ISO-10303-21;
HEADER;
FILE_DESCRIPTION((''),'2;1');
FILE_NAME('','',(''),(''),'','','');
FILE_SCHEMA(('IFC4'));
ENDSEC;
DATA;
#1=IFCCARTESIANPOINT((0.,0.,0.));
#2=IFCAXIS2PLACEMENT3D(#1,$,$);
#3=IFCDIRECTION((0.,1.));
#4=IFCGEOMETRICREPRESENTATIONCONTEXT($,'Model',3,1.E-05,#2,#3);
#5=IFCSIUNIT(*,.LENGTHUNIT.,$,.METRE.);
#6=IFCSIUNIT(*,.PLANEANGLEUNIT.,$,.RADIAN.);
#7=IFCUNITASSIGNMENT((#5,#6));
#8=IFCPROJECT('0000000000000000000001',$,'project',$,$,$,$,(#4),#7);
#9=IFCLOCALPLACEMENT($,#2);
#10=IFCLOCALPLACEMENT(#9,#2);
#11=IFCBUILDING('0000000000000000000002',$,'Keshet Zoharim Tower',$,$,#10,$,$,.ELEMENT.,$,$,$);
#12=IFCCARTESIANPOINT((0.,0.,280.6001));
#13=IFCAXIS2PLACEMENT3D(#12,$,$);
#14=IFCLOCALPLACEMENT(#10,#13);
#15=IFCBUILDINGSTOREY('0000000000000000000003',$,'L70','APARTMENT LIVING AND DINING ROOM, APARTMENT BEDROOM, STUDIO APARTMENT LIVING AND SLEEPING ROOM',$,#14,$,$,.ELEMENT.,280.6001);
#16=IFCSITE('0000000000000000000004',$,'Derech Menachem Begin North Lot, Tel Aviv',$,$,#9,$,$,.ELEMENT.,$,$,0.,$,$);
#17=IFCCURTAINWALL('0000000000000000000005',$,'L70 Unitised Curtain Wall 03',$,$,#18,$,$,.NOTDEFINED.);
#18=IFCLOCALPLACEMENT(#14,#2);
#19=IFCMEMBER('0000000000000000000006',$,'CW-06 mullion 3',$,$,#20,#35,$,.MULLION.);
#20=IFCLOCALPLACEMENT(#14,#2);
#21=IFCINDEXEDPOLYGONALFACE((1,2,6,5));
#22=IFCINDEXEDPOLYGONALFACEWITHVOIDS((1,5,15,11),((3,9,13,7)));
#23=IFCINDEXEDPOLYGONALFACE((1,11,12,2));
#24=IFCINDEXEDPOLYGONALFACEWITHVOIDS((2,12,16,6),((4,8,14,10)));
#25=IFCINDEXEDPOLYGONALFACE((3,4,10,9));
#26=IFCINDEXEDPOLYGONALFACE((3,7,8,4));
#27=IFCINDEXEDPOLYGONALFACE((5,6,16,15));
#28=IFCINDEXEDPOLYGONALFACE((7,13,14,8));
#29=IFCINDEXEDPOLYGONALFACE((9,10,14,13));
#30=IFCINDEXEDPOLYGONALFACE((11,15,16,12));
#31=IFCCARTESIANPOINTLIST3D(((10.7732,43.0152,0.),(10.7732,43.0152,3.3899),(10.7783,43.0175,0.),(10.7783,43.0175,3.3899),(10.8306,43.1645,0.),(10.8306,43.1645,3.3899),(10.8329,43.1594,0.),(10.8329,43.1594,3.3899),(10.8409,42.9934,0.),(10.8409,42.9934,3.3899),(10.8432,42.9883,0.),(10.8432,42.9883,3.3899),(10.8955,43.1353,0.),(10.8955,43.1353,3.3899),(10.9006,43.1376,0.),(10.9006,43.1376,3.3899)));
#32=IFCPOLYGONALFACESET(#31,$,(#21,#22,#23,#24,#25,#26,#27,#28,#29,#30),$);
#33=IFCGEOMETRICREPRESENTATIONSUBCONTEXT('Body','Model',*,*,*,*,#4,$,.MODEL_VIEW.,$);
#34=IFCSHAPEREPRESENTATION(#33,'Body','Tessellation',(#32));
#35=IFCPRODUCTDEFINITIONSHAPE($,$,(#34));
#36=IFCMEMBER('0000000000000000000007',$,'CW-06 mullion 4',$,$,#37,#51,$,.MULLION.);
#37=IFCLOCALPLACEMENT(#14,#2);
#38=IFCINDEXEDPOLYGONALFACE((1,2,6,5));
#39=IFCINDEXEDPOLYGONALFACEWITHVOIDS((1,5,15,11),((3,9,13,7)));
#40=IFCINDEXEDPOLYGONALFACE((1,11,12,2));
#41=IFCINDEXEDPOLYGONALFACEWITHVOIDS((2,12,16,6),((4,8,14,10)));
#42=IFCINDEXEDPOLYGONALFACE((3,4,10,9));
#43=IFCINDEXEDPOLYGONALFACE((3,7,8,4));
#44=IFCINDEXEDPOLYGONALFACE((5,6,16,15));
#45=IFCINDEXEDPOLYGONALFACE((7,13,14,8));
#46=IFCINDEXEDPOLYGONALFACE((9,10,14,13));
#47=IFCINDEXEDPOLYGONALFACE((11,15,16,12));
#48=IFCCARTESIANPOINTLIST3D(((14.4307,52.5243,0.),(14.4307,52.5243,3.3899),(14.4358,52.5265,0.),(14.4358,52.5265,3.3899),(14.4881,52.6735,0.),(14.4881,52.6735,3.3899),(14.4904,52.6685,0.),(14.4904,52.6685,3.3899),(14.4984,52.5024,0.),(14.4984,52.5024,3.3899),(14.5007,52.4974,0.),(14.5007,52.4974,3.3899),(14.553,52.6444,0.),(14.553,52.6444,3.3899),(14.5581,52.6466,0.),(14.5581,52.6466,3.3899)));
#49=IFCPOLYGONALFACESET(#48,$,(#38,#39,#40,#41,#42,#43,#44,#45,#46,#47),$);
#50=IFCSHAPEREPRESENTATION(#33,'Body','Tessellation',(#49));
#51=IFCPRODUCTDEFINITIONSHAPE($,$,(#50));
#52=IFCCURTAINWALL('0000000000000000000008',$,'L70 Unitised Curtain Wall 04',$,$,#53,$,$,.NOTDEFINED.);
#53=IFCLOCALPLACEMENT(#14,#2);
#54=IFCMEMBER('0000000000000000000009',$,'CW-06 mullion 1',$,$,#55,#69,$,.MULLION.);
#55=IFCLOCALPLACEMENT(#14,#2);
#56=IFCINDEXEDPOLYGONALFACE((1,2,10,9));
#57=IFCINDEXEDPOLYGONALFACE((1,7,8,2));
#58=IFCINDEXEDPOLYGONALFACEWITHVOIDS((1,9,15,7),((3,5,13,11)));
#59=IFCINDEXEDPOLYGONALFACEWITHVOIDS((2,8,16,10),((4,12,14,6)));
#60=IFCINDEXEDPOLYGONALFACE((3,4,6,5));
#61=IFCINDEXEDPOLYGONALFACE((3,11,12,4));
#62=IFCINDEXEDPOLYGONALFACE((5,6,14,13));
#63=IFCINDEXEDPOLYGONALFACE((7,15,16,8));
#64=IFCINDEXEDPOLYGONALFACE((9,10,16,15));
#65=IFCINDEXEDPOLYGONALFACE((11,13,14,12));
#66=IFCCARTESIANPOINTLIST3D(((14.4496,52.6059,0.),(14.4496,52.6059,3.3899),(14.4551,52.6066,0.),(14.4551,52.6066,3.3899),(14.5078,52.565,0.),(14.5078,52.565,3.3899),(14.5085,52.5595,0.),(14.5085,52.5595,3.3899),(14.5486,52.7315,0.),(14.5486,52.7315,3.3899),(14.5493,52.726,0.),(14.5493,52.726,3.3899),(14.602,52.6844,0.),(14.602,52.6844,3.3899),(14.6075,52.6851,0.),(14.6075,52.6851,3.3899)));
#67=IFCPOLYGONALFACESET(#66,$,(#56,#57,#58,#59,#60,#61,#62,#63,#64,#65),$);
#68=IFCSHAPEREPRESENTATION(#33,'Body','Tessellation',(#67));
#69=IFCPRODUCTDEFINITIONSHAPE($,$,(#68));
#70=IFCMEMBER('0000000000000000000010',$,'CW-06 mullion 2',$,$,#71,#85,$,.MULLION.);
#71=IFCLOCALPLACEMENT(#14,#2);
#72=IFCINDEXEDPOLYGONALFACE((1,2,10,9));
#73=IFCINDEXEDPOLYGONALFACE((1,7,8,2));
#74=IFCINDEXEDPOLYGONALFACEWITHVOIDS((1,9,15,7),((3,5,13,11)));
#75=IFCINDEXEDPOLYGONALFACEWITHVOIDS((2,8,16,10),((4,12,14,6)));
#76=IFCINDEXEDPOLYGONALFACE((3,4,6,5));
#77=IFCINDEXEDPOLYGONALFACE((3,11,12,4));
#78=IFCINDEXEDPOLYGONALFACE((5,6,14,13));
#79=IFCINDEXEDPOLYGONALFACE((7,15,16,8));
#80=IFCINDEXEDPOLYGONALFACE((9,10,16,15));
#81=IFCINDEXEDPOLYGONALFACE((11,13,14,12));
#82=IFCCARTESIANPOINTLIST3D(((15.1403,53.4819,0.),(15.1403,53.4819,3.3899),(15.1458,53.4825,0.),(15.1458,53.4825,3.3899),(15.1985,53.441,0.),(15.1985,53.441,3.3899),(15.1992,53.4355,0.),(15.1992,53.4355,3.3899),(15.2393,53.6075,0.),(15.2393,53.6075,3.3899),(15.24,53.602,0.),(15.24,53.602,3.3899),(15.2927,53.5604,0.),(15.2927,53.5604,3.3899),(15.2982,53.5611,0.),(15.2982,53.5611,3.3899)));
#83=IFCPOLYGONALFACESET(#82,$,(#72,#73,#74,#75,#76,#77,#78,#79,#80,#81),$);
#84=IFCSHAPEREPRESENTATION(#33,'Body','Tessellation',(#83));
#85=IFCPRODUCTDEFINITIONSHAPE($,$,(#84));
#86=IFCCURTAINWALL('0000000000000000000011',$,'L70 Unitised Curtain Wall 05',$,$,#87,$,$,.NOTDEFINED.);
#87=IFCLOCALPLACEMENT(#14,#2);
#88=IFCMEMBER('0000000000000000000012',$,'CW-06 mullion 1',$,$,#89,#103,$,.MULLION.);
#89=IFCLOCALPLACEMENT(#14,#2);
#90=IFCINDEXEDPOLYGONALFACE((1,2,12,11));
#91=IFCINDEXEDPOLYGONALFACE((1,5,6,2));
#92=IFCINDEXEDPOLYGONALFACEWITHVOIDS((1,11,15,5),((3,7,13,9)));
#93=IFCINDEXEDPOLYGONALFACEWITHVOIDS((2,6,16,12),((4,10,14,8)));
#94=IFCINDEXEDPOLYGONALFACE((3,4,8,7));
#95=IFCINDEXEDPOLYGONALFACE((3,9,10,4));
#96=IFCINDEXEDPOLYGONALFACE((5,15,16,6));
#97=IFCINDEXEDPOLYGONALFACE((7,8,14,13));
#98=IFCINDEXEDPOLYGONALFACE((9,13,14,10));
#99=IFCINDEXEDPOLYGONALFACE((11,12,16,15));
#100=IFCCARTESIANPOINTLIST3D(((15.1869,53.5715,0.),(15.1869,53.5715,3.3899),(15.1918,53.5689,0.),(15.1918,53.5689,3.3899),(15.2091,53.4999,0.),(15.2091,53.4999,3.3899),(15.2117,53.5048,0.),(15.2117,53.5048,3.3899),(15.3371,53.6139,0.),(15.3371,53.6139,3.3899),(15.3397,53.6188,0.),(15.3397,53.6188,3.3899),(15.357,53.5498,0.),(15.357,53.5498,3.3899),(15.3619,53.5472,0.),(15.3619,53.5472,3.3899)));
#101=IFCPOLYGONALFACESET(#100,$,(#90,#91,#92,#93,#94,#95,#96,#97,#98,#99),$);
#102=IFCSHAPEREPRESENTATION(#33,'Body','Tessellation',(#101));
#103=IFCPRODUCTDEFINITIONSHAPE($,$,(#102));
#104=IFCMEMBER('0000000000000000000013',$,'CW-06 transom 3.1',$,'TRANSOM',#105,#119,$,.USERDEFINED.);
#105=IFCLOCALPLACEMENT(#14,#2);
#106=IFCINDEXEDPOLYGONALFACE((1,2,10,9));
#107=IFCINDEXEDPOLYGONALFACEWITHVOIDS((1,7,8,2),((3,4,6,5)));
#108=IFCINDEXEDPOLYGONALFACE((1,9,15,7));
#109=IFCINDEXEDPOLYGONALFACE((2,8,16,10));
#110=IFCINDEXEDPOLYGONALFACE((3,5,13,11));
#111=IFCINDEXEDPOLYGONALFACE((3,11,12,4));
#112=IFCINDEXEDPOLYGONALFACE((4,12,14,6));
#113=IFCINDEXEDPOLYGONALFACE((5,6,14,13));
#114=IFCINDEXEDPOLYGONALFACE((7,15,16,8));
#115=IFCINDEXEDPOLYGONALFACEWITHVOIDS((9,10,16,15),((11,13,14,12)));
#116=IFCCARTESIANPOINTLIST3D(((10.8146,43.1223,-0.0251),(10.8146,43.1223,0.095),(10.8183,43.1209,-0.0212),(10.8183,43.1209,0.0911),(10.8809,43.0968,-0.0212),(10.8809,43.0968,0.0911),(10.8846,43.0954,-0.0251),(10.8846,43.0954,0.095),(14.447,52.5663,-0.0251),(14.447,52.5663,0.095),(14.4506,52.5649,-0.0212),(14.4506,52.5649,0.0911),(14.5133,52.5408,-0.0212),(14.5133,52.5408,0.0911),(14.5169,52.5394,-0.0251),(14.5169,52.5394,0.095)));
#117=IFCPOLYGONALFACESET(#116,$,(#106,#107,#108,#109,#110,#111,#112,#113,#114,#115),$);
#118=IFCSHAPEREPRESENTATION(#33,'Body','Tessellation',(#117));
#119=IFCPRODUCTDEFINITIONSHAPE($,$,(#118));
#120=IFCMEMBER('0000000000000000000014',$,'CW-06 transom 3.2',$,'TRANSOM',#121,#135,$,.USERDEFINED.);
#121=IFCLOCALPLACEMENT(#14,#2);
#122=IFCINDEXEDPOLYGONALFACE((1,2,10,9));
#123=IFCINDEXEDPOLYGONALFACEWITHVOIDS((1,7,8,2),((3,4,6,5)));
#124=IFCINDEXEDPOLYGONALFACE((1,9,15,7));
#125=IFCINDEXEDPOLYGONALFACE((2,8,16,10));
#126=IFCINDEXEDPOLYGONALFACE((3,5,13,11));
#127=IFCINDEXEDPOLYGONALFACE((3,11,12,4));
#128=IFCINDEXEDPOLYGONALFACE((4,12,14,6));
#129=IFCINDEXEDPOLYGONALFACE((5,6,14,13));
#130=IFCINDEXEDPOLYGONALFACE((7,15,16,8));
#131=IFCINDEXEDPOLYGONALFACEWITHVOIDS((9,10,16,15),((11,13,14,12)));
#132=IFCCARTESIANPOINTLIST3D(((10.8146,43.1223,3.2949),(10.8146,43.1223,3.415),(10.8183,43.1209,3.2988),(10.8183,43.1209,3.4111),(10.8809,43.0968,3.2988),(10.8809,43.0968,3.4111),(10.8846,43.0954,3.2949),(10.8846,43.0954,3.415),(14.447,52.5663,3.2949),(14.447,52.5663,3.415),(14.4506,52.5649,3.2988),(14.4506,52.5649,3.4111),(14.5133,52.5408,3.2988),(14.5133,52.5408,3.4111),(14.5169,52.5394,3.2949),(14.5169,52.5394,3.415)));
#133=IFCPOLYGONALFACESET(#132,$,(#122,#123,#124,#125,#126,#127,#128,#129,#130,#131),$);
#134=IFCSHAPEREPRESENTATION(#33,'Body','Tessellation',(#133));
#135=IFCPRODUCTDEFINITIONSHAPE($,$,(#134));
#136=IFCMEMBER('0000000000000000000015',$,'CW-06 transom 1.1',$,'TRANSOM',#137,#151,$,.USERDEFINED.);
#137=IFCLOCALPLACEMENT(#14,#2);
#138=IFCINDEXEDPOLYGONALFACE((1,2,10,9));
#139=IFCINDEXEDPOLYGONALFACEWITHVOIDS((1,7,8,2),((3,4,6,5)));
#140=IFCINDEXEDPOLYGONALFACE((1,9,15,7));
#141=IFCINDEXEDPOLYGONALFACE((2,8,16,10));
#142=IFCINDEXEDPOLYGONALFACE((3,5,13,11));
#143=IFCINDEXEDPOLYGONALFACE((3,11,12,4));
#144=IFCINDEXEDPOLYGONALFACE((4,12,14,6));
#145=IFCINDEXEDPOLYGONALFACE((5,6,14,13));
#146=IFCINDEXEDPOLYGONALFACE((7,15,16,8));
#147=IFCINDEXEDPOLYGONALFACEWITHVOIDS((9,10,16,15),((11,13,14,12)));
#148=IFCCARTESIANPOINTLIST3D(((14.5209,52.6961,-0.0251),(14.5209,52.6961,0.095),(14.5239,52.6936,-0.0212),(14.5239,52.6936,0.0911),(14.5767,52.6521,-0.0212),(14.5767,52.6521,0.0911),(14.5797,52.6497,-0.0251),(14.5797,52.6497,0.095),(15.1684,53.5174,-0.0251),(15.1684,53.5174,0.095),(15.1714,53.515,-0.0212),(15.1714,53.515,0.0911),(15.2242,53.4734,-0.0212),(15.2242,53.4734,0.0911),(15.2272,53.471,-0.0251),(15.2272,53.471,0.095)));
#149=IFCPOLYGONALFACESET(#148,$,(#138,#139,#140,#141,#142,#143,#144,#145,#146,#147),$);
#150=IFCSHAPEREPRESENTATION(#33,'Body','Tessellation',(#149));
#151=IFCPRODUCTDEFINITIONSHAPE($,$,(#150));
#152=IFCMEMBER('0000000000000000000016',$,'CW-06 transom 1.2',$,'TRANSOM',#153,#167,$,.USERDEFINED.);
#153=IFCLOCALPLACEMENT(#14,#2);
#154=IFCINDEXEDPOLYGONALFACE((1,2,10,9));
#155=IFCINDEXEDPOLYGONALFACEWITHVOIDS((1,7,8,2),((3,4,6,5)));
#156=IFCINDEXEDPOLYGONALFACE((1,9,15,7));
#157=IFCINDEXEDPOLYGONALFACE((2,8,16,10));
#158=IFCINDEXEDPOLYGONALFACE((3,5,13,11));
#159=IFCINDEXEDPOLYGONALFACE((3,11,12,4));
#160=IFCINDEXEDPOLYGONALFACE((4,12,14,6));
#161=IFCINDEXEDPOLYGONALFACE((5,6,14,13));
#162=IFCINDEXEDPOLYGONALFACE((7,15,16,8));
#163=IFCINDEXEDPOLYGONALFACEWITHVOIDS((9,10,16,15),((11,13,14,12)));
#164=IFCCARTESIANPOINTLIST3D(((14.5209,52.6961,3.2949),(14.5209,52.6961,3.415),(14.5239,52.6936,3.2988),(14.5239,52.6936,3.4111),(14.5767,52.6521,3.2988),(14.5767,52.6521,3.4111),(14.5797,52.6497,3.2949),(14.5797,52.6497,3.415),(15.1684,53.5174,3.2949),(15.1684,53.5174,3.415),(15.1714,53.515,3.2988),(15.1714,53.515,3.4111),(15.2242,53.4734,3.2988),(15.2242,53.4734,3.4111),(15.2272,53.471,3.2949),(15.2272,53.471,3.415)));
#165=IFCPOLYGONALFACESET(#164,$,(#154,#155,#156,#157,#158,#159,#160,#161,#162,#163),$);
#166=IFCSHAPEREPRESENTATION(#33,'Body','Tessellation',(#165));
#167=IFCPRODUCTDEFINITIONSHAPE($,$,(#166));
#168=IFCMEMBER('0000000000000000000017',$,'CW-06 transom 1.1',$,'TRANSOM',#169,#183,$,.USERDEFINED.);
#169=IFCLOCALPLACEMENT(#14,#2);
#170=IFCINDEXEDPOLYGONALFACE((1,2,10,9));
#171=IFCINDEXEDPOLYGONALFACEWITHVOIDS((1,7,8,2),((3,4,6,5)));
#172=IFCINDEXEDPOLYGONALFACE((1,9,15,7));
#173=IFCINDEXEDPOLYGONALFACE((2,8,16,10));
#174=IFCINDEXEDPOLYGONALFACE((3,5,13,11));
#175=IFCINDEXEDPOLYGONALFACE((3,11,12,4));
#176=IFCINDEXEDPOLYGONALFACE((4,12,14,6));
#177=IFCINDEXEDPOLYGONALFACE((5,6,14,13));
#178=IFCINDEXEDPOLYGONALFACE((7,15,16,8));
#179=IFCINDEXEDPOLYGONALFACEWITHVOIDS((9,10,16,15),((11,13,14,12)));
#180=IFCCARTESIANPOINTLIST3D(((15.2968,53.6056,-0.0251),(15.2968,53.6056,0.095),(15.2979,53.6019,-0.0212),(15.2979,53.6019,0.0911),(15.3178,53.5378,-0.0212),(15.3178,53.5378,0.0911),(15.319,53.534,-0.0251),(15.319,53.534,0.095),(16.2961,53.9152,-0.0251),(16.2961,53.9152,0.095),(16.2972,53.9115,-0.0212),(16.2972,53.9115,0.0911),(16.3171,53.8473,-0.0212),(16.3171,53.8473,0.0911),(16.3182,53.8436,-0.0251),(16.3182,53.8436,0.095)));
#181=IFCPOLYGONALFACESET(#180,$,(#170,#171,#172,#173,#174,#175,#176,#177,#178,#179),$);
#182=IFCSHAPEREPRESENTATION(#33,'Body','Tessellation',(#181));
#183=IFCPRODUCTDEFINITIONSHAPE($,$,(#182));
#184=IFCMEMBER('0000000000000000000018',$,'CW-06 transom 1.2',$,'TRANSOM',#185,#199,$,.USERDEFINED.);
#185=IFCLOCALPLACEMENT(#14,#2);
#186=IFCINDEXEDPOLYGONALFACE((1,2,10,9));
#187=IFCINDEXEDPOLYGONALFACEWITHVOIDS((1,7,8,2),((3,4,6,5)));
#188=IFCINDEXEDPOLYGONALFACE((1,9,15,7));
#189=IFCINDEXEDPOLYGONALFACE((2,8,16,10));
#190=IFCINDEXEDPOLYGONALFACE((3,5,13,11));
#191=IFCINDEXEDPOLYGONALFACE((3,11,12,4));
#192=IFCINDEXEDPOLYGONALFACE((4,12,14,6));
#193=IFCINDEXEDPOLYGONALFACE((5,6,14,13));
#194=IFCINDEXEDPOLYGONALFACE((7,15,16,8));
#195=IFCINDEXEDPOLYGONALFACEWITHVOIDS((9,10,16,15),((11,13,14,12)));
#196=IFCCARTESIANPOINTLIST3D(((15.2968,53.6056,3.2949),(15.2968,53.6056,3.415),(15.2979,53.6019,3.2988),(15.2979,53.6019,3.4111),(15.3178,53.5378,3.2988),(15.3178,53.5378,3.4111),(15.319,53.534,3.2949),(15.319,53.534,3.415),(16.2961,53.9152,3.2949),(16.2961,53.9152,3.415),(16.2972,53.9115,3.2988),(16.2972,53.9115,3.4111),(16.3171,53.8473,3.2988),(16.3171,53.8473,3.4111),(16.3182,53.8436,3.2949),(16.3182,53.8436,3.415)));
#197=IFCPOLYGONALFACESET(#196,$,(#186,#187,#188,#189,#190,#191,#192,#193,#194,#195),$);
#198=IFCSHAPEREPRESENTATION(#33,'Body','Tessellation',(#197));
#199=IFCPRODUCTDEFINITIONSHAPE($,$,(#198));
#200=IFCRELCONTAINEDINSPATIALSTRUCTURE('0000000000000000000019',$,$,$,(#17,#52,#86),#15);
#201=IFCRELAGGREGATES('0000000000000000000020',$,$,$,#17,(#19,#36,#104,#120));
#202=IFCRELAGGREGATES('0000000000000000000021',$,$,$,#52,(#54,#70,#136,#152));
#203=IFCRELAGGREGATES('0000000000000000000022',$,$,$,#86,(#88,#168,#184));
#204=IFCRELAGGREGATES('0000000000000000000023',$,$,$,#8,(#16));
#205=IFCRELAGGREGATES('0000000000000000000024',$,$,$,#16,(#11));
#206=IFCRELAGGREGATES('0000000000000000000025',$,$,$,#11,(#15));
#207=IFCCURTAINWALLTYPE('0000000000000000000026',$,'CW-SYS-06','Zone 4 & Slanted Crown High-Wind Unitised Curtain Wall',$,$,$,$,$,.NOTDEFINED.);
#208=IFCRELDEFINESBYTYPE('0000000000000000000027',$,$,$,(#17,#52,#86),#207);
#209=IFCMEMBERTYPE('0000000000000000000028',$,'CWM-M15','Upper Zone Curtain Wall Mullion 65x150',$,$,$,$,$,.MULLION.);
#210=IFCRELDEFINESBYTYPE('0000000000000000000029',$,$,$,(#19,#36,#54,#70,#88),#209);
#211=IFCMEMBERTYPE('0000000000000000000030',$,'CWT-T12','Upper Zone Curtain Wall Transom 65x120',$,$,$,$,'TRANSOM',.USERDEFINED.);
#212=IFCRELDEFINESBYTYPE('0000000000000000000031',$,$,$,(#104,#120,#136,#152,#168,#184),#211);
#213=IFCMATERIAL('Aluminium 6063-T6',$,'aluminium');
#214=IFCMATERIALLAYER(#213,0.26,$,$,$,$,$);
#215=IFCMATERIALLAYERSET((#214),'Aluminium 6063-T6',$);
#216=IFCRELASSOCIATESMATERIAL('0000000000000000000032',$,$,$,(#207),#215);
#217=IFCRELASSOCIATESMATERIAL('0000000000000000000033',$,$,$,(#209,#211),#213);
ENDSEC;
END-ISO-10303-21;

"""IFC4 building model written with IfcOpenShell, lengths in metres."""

from ifc_helpers import new_model, si_unit, direction, frame, origin, origin_2d, place, context, subcontext, project, spatial, hollow_rectangle, extrude, material, layer, layer_set, material_profile, profile_set, type_object, element, aggregate, save


model = new_model("IFC4")

# Units and contexts
model_context = context("Model", 3, precision=1e-05, world=origin(), true_north=direction((0.0, 1.0)))
body_context = subcontext(model_context, "Body", "Model", "MODEL_VIEW")
ifc_project = project(units=[si_unit("LENGTHUNIT", "METRE"), si_unit("PLANEANGLEUNIT", "RADIAN")], contexts=[model_context])

# Site, building, storey
site_placement = place(None, origin())
site = spatial("IfcSite", under=ifc_project, at=site_placement, Name="Derech Menachem Begin North Lot, Tel Aviv", CompositionType="ELEMENT", RefElevation=0.0)
building_placement = place(site_placement, origin())
building = spatial("IfcBuilding", under=site, at=building_placement, Name="Keshet Zoharim Tower", CompositionType="ELEMENT")
storey_placement = place(building_placement, frame((0.0, 0.0, 280.6001)))
storey = spatial("IfcBuildingStorey", under=building, at=storey_placement, Name="L70", Description="APARTMENT LIVING AND DINING ROOM, APARTMENT BEDROOM, STUDIO APARTMENT LIVING AND SLEEPING ROOM", CompositionType="ELEMENT", Elevation=280.6001)

# Curtain walls, members
ifc_material_1 = material(Name="Aluminium 6063-T6", Category="aluminium")
ifc_layer_1 = layer(ifc_material_1, 0.26)
ifc_layer_set_1 = layer_set([ifc_layer_1], Name="Aluminium 6063-T6")
curtain_wall_type = type_object("IfcCurtainWallType", Name="CW-SYS-06", Description="Zone 4 & Slanted Crown High-Wind Unitised Curtain Wall", PredefinedType="NOTDEFINED", material=ifc_layer_set_1)
curtain_wall_1_placement = place(storey_placement, origin())
curtain_wall_1 = element("IfcCurtainWall", 1, at=curtain_wall_1_placement, inside=storey, type_object=curtain_wall_type, Name="L70 Unitised Curtain Wall 03", PredefinedType="NOTDEFINED")
ifc_material_profile_1 = material_profile(ifc_material_1, hollow_rectangle(XDim=0.075, YDim=0.1599, WallThickness=0.0039, at=origin_2d()), Name="MUL-75x160")
ifc_profile_set_1 = profile_set([ifc_material_profile_1], Name="Aluminium 6063-T6")
member_type_1 = type_object("IfcMemberType", Name="CWM-M15", Description="Upper Zone Curtain Wall Mullion 65x150", PredefinedType="MULLION", material=ifc_profile_set_1)
member_1_placement = place(storey_placement, frame((10.8369, 43.0764, 0.0), z_axis=(0.0, 0.0, 1.0), x_axis=(-0.933341, 0.35899, 0.0)))
member_1 = element("IfcMember", 2, at=member_1_placement, type_object=member_type_1, Name="CW-06 mullion 3", PredefinedType="MULLION", context=body_context, shape_type="SweptSolid", body=[
    extrude(hollow_rectangle(XDim=0.075, YDim=0.1599, WallThickness=0.0039, at=origin_2d()), origin(), (0.0, 0.0, 1.0), 3.3899),
])
member_2_placement = place(storey_placement, frame((14.4944, 52.5854, 0.0), z_axis=(0.0, 0.0, 1.0), x_axis=(-0.933341, 0.35899, 0.0)))
member_2 = element("IfcMember", 3, at=member_2_placement, type_object=member_type_1, Name="CW-06 mullion 4", PredefinedType="MULLION", context=body_context, shape_type="SweptSolid", body=[
    extrude(hollow_rectangle(XDim=0.075, YDim=0.1599, WallThickness=0.0039, at=origin_2d()), origin(), (0.0, 0.0, 1.0), 3.3899),
])
curtain_wall_2_placement = place(storey_placement, origin())
curtain_wall_2 = element("IfcCurtainWall", 4, at=curtain_wall_2_placement, inside=storey, type_object=curtain_wall_type, Name="L70 Unitised Curtain Wall 04", PredefinedType="NOTDEFINED")
member_3_placement = place(storey_placement, frame((14.5286, 52.6455, 0.0), z_axis=(0.0, 0.0, 1.0), x_axis=(-0.785293, 0.619125, 0.0)))
member_3 = element("IfcMember", 5, at=member_3_placement, type_object=member_type_1, Name="CW-06 mullion 1", PredefinedType="MULLION", context=body_context, shape_type="SweptSolid", body=[
    extrude(hollow_rectangle(XDim=0.075, YDim=0.1599, WallThickness=0.0039, at=origin_2d()), origin(), (0.0, 0.0, 1.0), 3.3899),
])
member_4_placement = place(storey_placement, frame((15.2192, 53.5215, 0.0), z_axis=(0.0, 0.0, 1.0), x_axis=(-0.785293, 0.619125, 0.0)))
member_4 = element("IfcMember", 6, at=member_4_placement, type_object=member_type_1, Name="CW-06 mullion 2", PredefinedType="MULLION", context=body_context, shape_type="SweptSolid", body=[
    extrude(hollow_rectangle(XDim=0.075, YDim=0.1599, WallThickness=0.0039, at=origin_2d()), origin(), (0.0, 0.0, 1.0), 3.3899),
])

# Curtain wall, member
curtain_wall_3_placement = place(storey_placement, origin())
curtain_wall_3 = element("IfcCurtainWall", 7, at=curtain_wall_3_placement, inside=storey, type_object=curtain_wall_type, Name="L70 Unitised Curtain Wall 05", PredefinedType="NOTDEFINED")
member_5_placement = place(storey_placement, frame((15.2744, 53.5593, 0.0), z_axis=(0.0, 0.0, 1.0), x_axis=(-0.295922, 0.955212, 0.0)))
member_5 = element("IfcMember", 8, at=member_5_placement, type_object=member_type_1, Name="CW-06 mullion 1", PredefinedType="MULLION", context=body_context, shape_type="SweptSolid", body=[
    extrude(hollow_rectangle(XDim=0.075, YDim=0.1599, WallThickness=0.0039, at=origin_2d()), origin(), (0.0, 0.0, 1.0), 3.3899),
])

# Members
ifc_material_profile_2 = material_profile(ifc_material_1, hollow_rectangle(XDim=0.075, YDim=0.1201, WallThickness=0.0039, at=origin_2d()), Name="TRN-75x120")
ifc_profile_set_2 = profile_set([ifc_material_profile_2], Name="Aluminium 6063-T6")
member_type_2 = type_object("IfcMemberType", Name="CWT-T12", Description="Upper Zone Curtain Wall Transom 65x120", ElementType="TRANSOM", PredefinedType="USERDEFINED", material=ifc_profile_set_2)
member_6_placement = place(storey_placement, frame((10.8496, 43.1089, 0.0349), z_axis=(0.358986, 0.933343, 0.0), x_axis=(-0.933343, 0.358986, 0.0)))
member_6 = element("IfcMember", 9, at=member_6_placement, type_object=member_type_2, Name="CW-06 transom 3.1", ObjectType="TRANSOM", PredefinedType="USERDEFINED", context=body_context, shape_type="SweptSolid", body=[
    extrude(hollow_rectangle(XDim=0.075, YDim=0.1201, WallThickness=0.0039, at=origin_2d()), origin(), (0.0, 0.0, 1.0), 10.1184),
])
member_7_placement = place(storey_placement, frame((10.8496, 43.1089, 3.355), z_axis=(0.358986, 0.933343, 0.0), x_axis=(-0.933343, 0.358986, 0.0)))
member_7 = element("IfcMember", 10, at=member_7_placement, type_object=member_type_2, Name="CW-06 transom 3.2", ObjectType="TRANSOM", PredefinedType="USERDEFINED", context=body_context, shape_type="SweptSolid", body=[
    extrude(hollow_rectangle(XDim=0.075, YDim=0.1201, WallThickness=0.0039, at=origin_2d()), origin(), (0.0, 0.0, 1.0), 10.1184),
])
member_8_placement = place(storey_placement, frame((14.5503, 52.6729, 0.0349), z_axis=(0.619099, 0.785313, 0.0), x_axis=(-0.785313, 0.619099, 0.0)))
member_8 = element("IfcMember", 11, at=member_8_placement, type_object=member_type_2, Name="CW-06 transom 1.1", ObjectType="TRANSOM", PredefinedType="USERDEFINED", context=body_context, shape_type="SweptSolid", body=[
    extrude(hollow_rectangle(XDim=0.075, YDim=0.1201, WallThickness=0.0039, at=origin_2d()), origin(), (0.0, 0.0, 1.0), 1.0459),
])
member_9_placement = place(storey_placement, frame((14.5503, 52.6729, 3.355), z_axis=(0.619099, 0.785313, 0.0), x_axis=(-0.785313, 0.619099, 0.0)))
member_9 = element("IfcMember", 12, at=member_9_placement, type_object=member_type_2, Name="CW-06 transom 1.2", ObjectType="TRANSOM", PredefinedType="USERDEFINED", context=body_context, shape_type="SweptSolid", body=[
    extrude(hollow_rectangle(XDim=0.075, YDim=0.1201, WallThickness=0.0039, at=origin_2d()), origin(), (0.0, 0.0, 1.0), 1.0459),
])
member_10_placement = place(storey_placement, frame((15.3079, 53.5698, 0.0349), z_axis=(0.955212, 0.295922, 0.0), x_axis=(-0.295922, 0.955212, 0.0)))
member_10 = element("IfcMember", 13, at=member_10_placement, type_object=member_type_2, Name="CW-06 transom 1.1", ObjectType="TRANSOM", PredefinedType="USERDEFINED", context=body_context, shape_type="SweptSolid", body=[
    extrude(hollow_rectangle(XDim=0.075, YDim=0.1201, WallThickness=0.0039, at=origin_2d()), origin(), (0.0, 0.0, 1.0), 1.0461),
])
member_11_placement = place(storey_placement, frame((15.3079, 53.5698, 3.355), z_axis=(0.955212, 0.295922, 0.0), x_axis=(-0.295922, 0.955212, 0.0)))
member_11 = element("IfcMember", 14, at=member_11_placement, type_object=member_type_2, Name="CW-06 transom 1.2", ObjectType="TRANSOM", PredefinedType="USERDEFINED", context=body_context, shape_type="SweptSolid", body=[
    extrude(hollow_rectangle(XDim=0.075, YDim=0.1201, WallThickness=0.0039, at=origin_2d()), origin(), (0.0, 0.0, 1.0), 1.0461),
])

aggregate(curtain_wall_1, [member_1, member_2, member_6, member_7])
aggregate(curtain_wall_2, [member_3, member_4, member_8, member_9])
aggregate(curtain_wall_3, [member_5, member_10, member_11])

save(model, "model.ifc")
